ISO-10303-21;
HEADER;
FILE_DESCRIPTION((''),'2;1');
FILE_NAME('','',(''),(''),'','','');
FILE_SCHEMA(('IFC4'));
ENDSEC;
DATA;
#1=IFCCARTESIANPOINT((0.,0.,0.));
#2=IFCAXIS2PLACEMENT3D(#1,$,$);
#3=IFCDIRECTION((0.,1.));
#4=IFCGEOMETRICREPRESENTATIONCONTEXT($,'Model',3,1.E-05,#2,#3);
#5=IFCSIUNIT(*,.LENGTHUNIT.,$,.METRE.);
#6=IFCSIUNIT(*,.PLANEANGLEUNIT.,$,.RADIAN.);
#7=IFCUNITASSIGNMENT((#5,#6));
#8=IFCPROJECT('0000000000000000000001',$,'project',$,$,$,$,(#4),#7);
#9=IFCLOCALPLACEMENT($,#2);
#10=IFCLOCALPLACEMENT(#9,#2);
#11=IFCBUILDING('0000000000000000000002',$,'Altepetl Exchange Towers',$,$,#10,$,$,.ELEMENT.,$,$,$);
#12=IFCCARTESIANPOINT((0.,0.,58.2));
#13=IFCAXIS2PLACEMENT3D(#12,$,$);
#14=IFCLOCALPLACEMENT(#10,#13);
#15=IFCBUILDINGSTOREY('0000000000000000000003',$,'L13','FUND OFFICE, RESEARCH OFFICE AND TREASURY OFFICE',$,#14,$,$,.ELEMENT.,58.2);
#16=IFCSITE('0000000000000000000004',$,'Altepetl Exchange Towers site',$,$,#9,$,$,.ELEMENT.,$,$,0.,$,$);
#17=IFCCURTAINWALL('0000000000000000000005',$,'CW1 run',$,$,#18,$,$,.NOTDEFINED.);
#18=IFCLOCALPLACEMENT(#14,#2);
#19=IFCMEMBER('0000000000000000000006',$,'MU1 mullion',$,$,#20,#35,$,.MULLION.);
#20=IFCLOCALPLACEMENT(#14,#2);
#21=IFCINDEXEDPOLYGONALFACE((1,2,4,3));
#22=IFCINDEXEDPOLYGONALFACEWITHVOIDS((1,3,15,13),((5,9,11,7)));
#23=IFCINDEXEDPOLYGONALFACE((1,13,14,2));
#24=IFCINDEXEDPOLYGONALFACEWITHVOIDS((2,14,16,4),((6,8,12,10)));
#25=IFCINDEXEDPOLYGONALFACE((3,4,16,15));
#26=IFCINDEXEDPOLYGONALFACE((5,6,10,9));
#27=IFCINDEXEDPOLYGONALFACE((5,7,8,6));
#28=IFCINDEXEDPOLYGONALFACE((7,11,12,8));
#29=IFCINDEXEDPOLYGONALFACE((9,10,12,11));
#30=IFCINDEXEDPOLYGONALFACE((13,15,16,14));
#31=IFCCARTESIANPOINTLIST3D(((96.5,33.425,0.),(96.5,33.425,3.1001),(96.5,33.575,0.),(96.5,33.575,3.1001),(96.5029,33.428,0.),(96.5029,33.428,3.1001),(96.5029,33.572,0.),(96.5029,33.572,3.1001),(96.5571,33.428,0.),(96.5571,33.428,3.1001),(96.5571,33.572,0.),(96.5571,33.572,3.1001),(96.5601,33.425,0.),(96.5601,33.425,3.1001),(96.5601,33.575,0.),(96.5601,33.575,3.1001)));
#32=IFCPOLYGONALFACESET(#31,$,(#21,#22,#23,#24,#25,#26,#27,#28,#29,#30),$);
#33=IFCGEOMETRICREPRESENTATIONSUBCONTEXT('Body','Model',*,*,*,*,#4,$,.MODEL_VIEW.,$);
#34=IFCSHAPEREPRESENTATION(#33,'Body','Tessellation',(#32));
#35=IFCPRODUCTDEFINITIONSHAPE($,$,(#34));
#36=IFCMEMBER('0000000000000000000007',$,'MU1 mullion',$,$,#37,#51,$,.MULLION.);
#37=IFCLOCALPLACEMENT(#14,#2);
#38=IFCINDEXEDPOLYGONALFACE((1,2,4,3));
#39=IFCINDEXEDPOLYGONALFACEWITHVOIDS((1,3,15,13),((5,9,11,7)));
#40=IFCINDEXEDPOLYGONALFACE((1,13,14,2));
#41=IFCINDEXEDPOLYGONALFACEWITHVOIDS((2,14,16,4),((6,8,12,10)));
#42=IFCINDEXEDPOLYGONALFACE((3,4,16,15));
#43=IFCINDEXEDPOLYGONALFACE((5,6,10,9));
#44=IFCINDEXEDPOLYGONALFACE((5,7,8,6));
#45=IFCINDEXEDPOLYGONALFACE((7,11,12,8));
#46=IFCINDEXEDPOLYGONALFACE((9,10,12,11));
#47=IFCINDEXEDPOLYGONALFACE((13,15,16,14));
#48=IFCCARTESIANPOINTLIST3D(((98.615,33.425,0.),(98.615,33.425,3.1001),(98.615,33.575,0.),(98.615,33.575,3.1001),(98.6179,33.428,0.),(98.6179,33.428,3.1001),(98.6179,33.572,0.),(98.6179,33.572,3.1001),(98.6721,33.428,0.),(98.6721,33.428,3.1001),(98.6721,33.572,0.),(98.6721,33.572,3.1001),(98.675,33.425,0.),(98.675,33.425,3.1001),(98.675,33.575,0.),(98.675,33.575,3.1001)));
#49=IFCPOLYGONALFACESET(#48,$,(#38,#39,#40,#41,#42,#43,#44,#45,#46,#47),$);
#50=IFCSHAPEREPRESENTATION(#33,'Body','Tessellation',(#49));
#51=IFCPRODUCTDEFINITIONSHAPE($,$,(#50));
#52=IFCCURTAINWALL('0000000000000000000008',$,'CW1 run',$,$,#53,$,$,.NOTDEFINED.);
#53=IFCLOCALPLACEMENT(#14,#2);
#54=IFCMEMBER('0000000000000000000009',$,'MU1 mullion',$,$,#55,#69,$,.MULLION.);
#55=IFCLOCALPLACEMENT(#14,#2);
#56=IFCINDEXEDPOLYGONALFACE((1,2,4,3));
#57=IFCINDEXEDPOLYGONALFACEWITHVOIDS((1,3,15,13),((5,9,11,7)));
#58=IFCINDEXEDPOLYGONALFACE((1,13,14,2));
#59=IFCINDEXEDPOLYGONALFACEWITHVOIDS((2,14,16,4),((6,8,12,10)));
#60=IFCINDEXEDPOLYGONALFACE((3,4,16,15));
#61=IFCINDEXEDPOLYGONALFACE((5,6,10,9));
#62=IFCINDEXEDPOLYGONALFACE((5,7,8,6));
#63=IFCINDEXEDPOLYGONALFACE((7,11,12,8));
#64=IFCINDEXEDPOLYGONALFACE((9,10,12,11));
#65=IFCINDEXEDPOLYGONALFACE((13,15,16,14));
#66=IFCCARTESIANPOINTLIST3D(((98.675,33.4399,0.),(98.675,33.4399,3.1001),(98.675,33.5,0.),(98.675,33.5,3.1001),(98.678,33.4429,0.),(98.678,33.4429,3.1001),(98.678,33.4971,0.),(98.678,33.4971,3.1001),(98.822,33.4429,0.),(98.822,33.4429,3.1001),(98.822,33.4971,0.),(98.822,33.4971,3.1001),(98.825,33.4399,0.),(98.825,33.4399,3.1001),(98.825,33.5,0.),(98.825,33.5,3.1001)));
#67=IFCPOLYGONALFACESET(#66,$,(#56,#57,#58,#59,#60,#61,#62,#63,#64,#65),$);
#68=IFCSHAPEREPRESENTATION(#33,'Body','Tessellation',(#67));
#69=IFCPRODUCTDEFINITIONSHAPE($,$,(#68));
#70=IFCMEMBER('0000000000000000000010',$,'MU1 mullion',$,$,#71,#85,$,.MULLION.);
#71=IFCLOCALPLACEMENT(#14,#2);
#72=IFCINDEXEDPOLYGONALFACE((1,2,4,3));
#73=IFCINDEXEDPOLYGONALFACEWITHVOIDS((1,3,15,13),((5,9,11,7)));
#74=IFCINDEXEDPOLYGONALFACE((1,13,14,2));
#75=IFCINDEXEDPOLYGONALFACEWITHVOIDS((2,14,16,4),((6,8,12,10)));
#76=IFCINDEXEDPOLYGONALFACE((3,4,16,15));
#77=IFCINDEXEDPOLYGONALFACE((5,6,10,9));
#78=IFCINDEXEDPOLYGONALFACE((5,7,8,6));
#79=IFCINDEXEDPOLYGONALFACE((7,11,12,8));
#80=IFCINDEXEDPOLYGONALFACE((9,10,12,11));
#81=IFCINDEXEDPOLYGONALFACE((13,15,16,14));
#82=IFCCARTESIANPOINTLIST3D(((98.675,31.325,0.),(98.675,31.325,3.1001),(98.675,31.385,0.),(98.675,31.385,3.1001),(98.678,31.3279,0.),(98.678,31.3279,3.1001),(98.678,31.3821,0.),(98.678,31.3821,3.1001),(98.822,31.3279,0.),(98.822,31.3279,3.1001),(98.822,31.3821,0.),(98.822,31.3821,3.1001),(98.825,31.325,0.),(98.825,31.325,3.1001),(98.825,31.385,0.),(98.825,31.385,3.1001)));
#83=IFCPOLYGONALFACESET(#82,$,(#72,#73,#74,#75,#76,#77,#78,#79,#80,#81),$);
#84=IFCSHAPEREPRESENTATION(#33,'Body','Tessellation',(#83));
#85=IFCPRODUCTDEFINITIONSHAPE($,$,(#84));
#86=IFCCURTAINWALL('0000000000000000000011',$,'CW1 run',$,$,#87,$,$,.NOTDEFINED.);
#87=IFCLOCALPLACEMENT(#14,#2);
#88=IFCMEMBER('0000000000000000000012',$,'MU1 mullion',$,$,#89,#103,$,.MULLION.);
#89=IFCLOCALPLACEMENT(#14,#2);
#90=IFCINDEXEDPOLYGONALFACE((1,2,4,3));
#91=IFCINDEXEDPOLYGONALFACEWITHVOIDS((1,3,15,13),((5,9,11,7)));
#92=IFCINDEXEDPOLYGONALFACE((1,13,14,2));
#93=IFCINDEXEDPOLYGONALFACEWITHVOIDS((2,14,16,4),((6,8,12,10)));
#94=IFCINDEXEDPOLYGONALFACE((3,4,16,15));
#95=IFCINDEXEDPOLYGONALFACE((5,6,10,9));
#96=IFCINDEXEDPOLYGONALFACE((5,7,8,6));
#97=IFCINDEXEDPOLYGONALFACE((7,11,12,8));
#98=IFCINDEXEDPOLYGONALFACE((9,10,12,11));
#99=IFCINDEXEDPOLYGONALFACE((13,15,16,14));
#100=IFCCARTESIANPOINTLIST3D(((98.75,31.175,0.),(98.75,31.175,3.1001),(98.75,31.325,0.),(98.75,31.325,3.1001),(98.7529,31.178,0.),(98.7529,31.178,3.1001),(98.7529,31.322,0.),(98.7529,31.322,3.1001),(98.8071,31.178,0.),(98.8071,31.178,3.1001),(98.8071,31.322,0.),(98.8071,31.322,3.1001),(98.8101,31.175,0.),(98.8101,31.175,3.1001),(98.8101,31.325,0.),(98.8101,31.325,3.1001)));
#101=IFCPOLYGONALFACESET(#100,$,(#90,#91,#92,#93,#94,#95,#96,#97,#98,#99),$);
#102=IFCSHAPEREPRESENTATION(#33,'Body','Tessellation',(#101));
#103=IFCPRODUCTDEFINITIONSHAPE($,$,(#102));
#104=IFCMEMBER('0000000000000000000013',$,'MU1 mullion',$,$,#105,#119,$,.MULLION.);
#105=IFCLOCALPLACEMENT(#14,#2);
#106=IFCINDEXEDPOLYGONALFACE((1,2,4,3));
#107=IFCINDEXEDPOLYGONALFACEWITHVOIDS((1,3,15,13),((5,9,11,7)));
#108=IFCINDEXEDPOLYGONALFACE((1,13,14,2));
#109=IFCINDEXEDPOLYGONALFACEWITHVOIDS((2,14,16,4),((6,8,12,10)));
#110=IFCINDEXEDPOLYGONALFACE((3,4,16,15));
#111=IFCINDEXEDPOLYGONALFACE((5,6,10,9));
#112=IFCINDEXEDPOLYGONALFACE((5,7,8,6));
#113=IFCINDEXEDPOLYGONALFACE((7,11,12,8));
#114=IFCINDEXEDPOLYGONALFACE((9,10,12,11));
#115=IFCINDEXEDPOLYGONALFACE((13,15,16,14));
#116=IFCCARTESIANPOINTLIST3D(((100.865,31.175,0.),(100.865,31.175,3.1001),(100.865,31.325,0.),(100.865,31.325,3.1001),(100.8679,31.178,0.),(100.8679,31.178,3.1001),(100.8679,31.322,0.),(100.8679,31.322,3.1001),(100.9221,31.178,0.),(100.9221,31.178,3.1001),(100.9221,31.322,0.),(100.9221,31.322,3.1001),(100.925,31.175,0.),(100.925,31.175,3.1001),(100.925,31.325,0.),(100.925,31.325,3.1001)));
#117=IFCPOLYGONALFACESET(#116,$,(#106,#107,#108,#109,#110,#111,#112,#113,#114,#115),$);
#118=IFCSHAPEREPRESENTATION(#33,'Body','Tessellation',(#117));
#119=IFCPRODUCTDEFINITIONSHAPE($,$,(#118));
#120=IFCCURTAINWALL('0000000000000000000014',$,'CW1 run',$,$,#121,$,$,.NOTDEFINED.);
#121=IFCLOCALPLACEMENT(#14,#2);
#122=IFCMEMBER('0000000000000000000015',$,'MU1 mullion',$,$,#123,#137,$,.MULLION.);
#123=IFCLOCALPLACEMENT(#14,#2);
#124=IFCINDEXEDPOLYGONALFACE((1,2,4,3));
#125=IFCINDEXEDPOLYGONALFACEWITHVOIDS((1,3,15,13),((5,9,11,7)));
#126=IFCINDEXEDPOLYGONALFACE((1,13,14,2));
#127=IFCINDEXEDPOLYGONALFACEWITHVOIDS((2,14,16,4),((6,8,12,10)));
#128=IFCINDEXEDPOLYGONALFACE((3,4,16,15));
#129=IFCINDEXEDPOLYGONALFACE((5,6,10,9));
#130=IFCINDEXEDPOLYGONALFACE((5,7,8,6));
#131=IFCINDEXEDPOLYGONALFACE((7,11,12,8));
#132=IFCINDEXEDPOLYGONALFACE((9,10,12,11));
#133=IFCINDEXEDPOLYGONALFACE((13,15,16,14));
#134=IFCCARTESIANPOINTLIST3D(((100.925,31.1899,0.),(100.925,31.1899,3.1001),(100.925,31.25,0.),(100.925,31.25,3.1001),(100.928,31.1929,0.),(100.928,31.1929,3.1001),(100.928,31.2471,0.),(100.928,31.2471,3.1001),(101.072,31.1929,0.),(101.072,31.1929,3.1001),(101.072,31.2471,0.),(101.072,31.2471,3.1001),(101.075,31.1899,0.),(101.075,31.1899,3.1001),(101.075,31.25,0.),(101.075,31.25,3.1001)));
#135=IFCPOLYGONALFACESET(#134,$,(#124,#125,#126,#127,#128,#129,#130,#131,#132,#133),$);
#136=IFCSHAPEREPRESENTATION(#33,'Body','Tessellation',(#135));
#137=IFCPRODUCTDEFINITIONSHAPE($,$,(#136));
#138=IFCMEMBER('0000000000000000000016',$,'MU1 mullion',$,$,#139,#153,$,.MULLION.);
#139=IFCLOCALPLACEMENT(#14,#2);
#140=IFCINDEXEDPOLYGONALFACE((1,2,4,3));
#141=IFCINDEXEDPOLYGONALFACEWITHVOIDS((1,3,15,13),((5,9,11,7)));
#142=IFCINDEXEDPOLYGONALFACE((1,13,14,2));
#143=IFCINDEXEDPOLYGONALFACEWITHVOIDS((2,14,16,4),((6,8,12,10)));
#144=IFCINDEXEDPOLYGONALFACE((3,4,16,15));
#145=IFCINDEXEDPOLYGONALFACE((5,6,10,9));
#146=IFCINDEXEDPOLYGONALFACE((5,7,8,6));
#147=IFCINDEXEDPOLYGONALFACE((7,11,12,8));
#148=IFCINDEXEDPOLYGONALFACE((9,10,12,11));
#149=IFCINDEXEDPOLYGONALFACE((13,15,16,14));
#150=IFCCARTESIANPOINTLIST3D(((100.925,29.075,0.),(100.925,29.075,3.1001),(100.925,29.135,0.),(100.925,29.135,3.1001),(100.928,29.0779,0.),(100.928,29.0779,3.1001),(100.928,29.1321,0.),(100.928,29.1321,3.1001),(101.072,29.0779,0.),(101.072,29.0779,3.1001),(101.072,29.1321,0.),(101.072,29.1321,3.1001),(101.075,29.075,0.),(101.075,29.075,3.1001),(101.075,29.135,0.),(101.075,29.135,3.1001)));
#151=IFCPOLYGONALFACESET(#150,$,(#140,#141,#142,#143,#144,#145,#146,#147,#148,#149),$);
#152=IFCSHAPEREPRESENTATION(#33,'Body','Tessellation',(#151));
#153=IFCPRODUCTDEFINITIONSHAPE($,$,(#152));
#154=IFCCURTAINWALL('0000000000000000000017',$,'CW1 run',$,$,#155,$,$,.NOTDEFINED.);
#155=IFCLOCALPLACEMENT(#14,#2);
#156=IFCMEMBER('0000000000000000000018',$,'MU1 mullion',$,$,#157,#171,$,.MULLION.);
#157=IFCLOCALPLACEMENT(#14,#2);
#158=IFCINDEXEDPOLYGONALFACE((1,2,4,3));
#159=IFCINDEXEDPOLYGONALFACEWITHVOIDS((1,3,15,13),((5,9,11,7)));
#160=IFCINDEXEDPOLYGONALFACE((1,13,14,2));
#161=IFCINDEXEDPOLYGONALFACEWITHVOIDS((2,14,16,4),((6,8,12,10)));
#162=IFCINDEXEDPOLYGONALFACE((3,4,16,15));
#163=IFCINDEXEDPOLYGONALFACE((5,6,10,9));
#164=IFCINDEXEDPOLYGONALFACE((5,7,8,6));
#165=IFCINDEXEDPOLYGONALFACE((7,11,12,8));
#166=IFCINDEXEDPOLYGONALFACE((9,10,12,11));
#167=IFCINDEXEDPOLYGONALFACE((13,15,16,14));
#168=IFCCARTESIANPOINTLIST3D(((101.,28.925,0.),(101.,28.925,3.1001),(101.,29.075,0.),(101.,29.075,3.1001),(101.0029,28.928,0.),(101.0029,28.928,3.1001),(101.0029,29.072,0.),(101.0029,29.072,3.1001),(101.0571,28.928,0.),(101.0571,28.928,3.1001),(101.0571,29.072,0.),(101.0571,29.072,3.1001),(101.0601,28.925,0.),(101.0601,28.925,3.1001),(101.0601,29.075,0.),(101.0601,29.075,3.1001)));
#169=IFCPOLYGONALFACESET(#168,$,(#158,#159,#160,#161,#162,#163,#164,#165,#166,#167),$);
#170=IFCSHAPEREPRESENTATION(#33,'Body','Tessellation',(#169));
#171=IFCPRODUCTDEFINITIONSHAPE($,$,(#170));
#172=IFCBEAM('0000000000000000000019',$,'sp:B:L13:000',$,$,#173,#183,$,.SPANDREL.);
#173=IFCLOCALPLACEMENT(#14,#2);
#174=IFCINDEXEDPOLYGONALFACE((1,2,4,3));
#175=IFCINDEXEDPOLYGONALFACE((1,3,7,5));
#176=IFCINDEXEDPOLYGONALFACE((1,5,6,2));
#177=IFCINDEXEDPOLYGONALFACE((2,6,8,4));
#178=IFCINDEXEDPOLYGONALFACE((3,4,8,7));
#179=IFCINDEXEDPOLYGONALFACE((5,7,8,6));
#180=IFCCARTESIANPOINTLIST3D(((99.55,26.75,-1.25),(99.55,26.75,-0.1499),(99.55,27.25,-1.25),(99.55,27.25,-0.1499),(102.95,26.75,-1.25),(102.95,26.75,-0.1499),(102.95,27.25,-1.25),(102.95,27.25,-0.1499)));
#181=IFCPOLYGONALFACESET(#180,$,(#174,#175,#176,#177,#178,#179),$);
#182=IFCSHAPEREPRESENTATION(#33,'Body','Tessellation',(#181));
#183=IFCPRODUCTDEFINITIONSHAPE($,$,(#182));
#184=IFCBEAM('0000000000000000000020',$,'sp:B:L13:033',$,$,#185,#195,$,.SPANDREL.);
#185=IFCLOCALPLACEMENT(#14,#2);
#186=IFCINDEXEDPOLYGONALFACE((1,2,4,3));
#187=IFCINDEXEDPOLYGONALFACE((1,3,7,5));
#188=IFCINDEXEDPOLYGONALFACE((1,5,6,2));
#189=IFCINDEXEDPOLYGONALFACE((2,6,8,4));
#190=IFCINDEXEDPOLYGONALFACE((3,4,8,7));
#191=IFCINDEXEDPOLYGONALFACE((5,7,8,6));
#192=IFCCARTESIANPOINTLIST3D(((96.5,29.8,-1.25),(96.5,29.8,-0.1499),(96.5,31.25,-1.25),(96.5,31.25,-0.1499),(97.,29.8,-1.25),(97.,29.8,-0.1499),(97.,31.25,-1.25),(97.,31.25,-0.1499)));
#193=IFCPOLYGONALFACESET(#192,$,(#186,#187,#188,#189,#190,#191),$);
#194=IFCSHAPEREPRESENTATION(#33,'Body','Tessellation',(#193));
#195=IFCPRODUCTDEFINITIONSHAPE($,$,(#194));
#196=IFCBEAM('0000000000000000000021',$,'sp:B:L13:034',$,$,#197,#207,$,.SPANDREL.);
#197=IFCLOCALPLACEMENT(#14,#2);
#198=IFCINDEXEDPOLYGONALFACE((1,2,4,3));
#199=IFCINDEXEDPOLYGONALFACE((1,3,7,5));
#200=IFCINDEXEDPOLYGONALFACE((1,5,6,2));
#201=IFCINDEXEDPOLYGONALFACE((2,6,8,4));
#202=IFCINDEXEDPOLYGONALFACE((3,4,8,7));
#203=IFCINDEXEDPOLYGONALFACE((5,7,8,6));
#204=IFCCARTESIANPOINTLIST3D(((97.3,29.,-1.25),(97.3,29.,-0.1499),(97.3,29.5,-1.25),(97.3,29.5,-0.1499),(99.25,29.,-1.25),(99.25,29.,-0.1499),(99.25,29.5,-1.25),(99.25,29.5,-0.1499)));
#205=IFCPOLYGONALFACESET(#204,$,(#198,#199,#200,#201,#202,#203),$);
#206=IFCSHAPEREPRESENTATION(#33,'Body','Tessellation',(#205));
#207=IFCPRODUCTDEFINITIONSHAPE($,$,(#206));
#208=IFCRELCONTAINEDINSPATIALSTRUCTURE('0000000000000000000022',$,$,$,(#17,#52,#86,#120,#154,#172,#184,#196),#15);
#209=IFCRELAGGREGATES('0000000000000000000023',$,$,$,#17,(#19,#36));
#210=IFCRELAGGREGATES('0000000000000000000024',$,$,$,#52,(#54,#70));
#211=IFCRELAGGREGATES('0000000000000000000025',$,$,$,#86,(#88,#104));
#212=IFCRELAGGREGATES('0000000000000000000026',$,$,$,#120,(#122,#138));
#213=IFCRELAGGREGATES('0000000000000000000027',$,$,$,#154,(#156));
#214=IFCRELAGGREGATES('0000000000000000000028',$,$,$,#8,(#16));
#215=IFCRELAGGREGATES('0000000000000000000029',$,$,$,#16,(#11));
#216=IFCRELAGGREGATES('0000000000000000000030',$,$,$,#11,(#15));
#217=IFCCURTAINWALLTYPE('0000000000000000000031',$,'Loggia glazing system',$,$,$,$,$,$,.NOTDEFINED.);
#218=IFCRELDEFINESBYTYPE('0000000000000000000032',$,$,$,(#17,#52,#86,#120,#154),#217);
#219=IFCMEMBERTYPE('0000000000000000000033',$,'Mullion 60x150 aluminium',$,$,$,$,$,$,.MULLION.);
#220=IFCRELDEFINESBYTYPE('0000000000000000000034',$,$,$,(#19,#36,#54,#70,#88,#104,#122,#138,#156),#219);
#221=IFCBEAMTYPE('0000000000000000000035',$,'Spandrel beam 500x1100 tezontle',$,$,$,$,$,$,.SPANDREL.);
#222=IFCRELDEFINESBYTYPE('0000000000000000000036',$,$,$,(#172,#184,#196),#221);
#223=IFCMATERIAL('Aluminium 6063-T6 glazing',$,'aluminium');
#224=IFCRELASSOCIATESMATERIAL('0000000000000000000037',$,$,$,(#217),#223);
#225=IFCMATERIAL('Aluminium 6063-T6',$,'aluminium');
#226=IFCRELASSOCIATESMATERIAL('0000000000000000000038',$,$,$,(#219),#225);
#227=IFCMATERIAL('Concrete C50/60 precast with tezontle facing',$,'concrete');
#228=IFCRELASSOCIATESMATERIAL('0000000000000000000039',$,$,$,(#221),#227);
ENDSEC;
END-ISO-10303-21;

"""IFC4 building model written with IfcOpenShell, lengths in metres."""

from ifc_helpers import new_model, si_unit, direction, frame, origin, origin_2d, place, context, subcontext, project, spatial, rectangle, hollow_rectangle, extrude, material, material_profile, profile_set, type_object, element, aggregate, save


model = new_model("IFC4")

# Units and contexts
model_context = context("Model", 3, precision=1e-05, world=origin(), true_north=direction((0.0, 1.0)))
body_context = subcontext(model_context, "Body", "Model", "MODEL_VIEW")
ifc_project = project(units=[si_unit("LENGTHUNIT", "METRE"), si_unit("PLANEANGLEUNIT", "RADIAN")], contexts=[model_context])

# Site, building, storey
site_placement = place(None, origin())
site = spatial("IfcSite", under=ifc_project, at=site_placement, Name="Altepetl Exchange Towers site", CompositionType="ELEMENT", RefElevation=0.0)
building_placement = place(site_placement, origin())
building = spatial("IfcBuilding", under=site, at=building_placement, Name="Altepetl Exchange Towers", CompositionType="ELEMENT")
storey_placement = place(building_placement, frame((0.0, 0.0, 58.2)))
storey = spatial("IfcBuildingStorey", under=building, at=storey_placement, Name="L13", Description="FUND OFFICE, RESEARCH OFFICE AND TREASURY OFFICE", CompositionType="ELEMENT", Elevation=58.2)

# Curtain walls, members
ifc_material_1 = material(Name="Aluminium 6063-T6 glazing", Category="aluminium")
curtain_wall_type = type_object("IfcCurtainWallType", Name="Loggia glazing system", PredefinedType="NOTDEFINED", material=ifc_material_1)
ifc_material_2 = material(Name="Aluminium 6063-T6", Category="aluminium")
ifc_material_profile_1 = material_profile(ifc_material_2, hollow_rectangle(XDim=0.0601, YDim=0.1499, WallThickness=0.0029, at=origin_2d()), Name="Mullion 60x150 aluminium")
ifc_profile_set_1 = profile_set([ifc_material_profile_1], Name="Aluminium 6063-T6")
member_type = type_object("IfcMemberType", Name="Mullion 60x150 aluminium", PredefinedType="MULLION", material=ifc_profile_set_1)
curtain_wall_1_placement = place(storey_placement, origin())
curtain_wall_1 = element("IfcCurtainWall", 1, at=curtain_wall_1_placement, inside=storey, type_object=curtain_wall_type, Name="CW1 run", PredefinedType="NOTDEFINED")
member_1_placement = place(storey_placement, frame((96.53, 33.5, 0.0)))
member_1 = element("IfcMember", 2, at=member_1_placement, type_object=member_type, Name="MU1 mullion", PredefinedType="MULLION", context=body_context, shape_type="SweptSolid", body=[
    extrude(hollow_rectangle(XDim=0.0601, YDim=0.1499, WallThickness=0.0029, at=origin_2d()), origin(), (0.0, 0.0, 1.0), 3.1001),
])
member_2_placement = place(storey_placement, frame((98.645, 33.5, 0.0)))
member_2 = element("IfcMember", 3, at=member_2_placement, type_object=member_type, Name="MU1 mullion", PredefinedType="MULLION", context=body_context, shape_type="SweptSolid", body=[
    extrude(hollow_rectangle(XDim=0.0601, YDim=0.1499, WallThickness=0.0029, at=origin_2d()), origin(), (0.0, 0.0, 1.0), 3.1001),
])
curtain_wall_2_placement = place(storey_placement, origin())
curtain_wall_2 = element("IfcCurtainWall", 4, at=curtain_wall_2_placement, inside=storey, type_object=curtain_wall_type, Name="CW1 run", PredefinedType="NOTDEFINED")
member_3_placement = place(storey_placement, frame((98.75, 33.47, 0.0), z_axis=(0.0, 0.0, 1.0), x_axis=(0.0, -1.0, 0.0)))
member_3 = element("IfcMember", 5, at=member_3_placement, type_object=member_type, Name="MU1 mullion", PredefinedType="MULLION", context=body_context, shape_type="SweptSolid", body=[
    extrude(hollow_rectangle(XDim=0.0601, YDim=0.1499, WallThickness=0.0029, at=origin_2d()), origin(), (0.0, 0.0, 1.0), 3.1001),
])
member_4_placement = place(storey_placement, frame((98.75, 31.355, 0.0), z_axis=(0.0, 0.0, 1.0), x_axis=(0.0, -1.0, 0.0)))
member_4 = element("IfcMember", 6, at=member_4_placement, type_object=member_type, Name="MU1 mullion", PredefinedType="MULLION", context=body_context, shape_type="SweptSolid", body=[
    extrude(hollow_rectangle(XDim=0.0601, YDim=0.1499, WallThickness=0.0029, at=origin_2d()), origin(), (0.0, 0.0, 1.0), 3.1001),
])
curtain_wall_3_placement = place(storey_placement, origin())
curtain_wall_3 = element("IfcCurtainWall", 7, at=curtain_wall_3_placement, inside=storey, type_object=curtain_wall_type, Name="CW1 run", PredefinedType="NOTDEFINED")
member_5_placement = place(storey_placement, frame((98.78, 31.25, 0.0)))
member_5 = element("IfcMember", 8, at=member_5_placement, type_object=member_type, Name="MU1 mullion", PredefinedType="MULLION", context=body_context, shape_type="SweptSolid", body=[
    extrude(hollow_rectangle(XDim=0.0601, YDim=0.1499, WallThickness=0.0029, at=origin_2d()), origin(), (0.0, 0.0, 1.0), 3.1001),
])
member_6_placement = place(storey_placement, frame((100.895, 31.25, 0.0)))
member_6 = element("IfcMember", 9, at=member_6_placement, type_object=member_type, Name="MU1 mullion", PredefinedType="MULLION", context=body_context, shape_type="SweptSolid", body=[
    extrude(hollow_rectangle(XDim=0.0601, YDim=0.1499, WallThickness=0.0029, at=origin_2d()), origin(), (0.0, 0.0, 1.0), 3.1001),
])
curtain_wall_4_placement = place(storey_placement, origin())
curtain_wall_4 = element("IfcCurtainWall", 10, at=curtain_wall_4_placement, inside=storey, type_object=curtain_wall_type, Name="CW1 run", PredefinedType="NOTDEFINED")
member_7_placement = place(storey_placement, frame((101.0, 31.22, 0.0), z_axis=(0.0, 0.0, 1.0), x_axis=(0.0, -1.0, 0.0)))
member_7 = element("IfcMember", 11, at=member_7_placement, type_object=member_type, Name="MU1 mullion", PredefinedType="MULLION", context=body_context, shape_type="SweptSolid", body=[
    extrude(hollow_rectangle(XDim=0.0601, YDim=0.1499, WallThickness=0.0029, at=origin_2d()), origin(), (0.0, 0.0, 1.0), 3.1001),
])
member_8_placement = place(storey_placement, frame((101.0, 29.105, 0.0), z_axis=(0.0, 0.0, 1.0), x_axis=(0.0, -1.0, 0.0)))
member_8 = element("IfcMember", 12, at=member_8_placement, type_object=member_type, Name="MU1 mullion", PredefinedType="MULLION", context=body_context, shape_type="SweptSolid", body=[
    extrude(hollow_rectangle(XDim=0.0601, YDim=0.1499, WallThickness=0.0029, at=origin_2d()), origin(), (0.0, 0.0, 1.0), 3.1001),
])

# Curtain wall, member
curtain_wall_5_placement = place(storey_placement, origin())
curtain_wall_5 = element("IfcCurtainWall", 13, at=curtain_wall_5_placement, inside=storey, type_object=curtain_wall_type, Name="CW1 run", PredefinedType="NOTDEFINED")
member_9_placement = place(storey_placement, frame((101.03, 29.0, 0.0)))
member_9 = element("IfcMember", 14, at=member_9_placement, type_object=member_type, Name="MU1 mullion", PredefinedType="MULLION", context=body_context, shape_type="SweptSolid", body=[
    extrude(hollow_rectangle(XDim=0.0601, YDim=0.1499, WallThickness=0.0029, at=origin_2d()), origin(), (0.0, 0.0, 1.0), 3.1001),
])

# Beams
ifc_material_3 = material(Name="Concrete C50/60 precast with tezontle facing", Category="concrete")
ifc_material_profile_2 = material_profile(ifc_material_3, rectangle(XDim=0.5, YDim=1.1001, at=origin_2d()), Name="500 x 1100")
ifc_profile_set_2 = profile_set([ifc_material_profile_2], Name="Concrete C50/60 precast with tezontle facing")
beam_type_1 = type_object("IfcBeamType", Name="Spandrel beam 500x1100 tezontle", PredefinedType="SPANDREL", material=ifc_profile_set_2)
beam_1_placement = place(storey_placement, frame((99.55, 27.0, -0.7), z_axis=(1.0, 0.0, 0.0), x_axis=(0.0, 1.0, 0.0)))
element("IfcBeam", 15, at=beam_1_placement, inside=storey, type_object=beam_type_1, Name="sp:B:L13:000", PredefinedType="SPANDREL", context=body_context, shape_type="SweptSolid", body=[
    extrude(rectangle(XDim=0.5, YDim=1.1001, at=origin_2d()), origin(), (0.0, 0.0, 1.0), 3.3999),
])
beam_2_placement = place(storey_placement, frame((96.75, 31.25, -0.7), z_axis=(0.0, -1.0, 0.0), x_axis=(1.0, 0.0, 0.0)))
element("IfcBeam", 16, at=beam_2_placement, inside=storey, type_object=beam_type_1, Name="sp:B:L13:033", PredefinedType="SPANDREL", context=body_context, shape_type="SweptSolid", body=[
    extrude(rectangle(XDim=0.5, YDim=1.1001, at=origin_2d()), origin(), (0.0, 0.0, 1.0), 1.45),
])
beam_3_placement = place(storey_placement, frame((97.3, 29.25, -0.7), z_axis=(1.0, 0.0, 0.0), x_axis=(0.0, 1.0, 0.0)))
element("IfcBeam", 17, at=beam_3_placement, inside=storey, type_object=beam_type_1, Name="sp:B:L13:034", PredefinedType="SPANDREL", context=body_context, shape_type="SweptSolid", body=[
    extrude(rectangle(XDim=0.5, YDim=1.1001, at=origin_2d()), origin(), (0.0, 0.0, 1.0), 1.95),
])

aggregate(curtain_wall_1, [member_1, member_2])
aggregate(curtain_wall_2, [member_3, member_4])
aggregate(curtain_wall_3, [member_5, member_6])
aggregate(curtain_wall_4, [member_7, member_8])
aggregate(curtain_wall_5, [member_9])

save(model, "model.ifc")
